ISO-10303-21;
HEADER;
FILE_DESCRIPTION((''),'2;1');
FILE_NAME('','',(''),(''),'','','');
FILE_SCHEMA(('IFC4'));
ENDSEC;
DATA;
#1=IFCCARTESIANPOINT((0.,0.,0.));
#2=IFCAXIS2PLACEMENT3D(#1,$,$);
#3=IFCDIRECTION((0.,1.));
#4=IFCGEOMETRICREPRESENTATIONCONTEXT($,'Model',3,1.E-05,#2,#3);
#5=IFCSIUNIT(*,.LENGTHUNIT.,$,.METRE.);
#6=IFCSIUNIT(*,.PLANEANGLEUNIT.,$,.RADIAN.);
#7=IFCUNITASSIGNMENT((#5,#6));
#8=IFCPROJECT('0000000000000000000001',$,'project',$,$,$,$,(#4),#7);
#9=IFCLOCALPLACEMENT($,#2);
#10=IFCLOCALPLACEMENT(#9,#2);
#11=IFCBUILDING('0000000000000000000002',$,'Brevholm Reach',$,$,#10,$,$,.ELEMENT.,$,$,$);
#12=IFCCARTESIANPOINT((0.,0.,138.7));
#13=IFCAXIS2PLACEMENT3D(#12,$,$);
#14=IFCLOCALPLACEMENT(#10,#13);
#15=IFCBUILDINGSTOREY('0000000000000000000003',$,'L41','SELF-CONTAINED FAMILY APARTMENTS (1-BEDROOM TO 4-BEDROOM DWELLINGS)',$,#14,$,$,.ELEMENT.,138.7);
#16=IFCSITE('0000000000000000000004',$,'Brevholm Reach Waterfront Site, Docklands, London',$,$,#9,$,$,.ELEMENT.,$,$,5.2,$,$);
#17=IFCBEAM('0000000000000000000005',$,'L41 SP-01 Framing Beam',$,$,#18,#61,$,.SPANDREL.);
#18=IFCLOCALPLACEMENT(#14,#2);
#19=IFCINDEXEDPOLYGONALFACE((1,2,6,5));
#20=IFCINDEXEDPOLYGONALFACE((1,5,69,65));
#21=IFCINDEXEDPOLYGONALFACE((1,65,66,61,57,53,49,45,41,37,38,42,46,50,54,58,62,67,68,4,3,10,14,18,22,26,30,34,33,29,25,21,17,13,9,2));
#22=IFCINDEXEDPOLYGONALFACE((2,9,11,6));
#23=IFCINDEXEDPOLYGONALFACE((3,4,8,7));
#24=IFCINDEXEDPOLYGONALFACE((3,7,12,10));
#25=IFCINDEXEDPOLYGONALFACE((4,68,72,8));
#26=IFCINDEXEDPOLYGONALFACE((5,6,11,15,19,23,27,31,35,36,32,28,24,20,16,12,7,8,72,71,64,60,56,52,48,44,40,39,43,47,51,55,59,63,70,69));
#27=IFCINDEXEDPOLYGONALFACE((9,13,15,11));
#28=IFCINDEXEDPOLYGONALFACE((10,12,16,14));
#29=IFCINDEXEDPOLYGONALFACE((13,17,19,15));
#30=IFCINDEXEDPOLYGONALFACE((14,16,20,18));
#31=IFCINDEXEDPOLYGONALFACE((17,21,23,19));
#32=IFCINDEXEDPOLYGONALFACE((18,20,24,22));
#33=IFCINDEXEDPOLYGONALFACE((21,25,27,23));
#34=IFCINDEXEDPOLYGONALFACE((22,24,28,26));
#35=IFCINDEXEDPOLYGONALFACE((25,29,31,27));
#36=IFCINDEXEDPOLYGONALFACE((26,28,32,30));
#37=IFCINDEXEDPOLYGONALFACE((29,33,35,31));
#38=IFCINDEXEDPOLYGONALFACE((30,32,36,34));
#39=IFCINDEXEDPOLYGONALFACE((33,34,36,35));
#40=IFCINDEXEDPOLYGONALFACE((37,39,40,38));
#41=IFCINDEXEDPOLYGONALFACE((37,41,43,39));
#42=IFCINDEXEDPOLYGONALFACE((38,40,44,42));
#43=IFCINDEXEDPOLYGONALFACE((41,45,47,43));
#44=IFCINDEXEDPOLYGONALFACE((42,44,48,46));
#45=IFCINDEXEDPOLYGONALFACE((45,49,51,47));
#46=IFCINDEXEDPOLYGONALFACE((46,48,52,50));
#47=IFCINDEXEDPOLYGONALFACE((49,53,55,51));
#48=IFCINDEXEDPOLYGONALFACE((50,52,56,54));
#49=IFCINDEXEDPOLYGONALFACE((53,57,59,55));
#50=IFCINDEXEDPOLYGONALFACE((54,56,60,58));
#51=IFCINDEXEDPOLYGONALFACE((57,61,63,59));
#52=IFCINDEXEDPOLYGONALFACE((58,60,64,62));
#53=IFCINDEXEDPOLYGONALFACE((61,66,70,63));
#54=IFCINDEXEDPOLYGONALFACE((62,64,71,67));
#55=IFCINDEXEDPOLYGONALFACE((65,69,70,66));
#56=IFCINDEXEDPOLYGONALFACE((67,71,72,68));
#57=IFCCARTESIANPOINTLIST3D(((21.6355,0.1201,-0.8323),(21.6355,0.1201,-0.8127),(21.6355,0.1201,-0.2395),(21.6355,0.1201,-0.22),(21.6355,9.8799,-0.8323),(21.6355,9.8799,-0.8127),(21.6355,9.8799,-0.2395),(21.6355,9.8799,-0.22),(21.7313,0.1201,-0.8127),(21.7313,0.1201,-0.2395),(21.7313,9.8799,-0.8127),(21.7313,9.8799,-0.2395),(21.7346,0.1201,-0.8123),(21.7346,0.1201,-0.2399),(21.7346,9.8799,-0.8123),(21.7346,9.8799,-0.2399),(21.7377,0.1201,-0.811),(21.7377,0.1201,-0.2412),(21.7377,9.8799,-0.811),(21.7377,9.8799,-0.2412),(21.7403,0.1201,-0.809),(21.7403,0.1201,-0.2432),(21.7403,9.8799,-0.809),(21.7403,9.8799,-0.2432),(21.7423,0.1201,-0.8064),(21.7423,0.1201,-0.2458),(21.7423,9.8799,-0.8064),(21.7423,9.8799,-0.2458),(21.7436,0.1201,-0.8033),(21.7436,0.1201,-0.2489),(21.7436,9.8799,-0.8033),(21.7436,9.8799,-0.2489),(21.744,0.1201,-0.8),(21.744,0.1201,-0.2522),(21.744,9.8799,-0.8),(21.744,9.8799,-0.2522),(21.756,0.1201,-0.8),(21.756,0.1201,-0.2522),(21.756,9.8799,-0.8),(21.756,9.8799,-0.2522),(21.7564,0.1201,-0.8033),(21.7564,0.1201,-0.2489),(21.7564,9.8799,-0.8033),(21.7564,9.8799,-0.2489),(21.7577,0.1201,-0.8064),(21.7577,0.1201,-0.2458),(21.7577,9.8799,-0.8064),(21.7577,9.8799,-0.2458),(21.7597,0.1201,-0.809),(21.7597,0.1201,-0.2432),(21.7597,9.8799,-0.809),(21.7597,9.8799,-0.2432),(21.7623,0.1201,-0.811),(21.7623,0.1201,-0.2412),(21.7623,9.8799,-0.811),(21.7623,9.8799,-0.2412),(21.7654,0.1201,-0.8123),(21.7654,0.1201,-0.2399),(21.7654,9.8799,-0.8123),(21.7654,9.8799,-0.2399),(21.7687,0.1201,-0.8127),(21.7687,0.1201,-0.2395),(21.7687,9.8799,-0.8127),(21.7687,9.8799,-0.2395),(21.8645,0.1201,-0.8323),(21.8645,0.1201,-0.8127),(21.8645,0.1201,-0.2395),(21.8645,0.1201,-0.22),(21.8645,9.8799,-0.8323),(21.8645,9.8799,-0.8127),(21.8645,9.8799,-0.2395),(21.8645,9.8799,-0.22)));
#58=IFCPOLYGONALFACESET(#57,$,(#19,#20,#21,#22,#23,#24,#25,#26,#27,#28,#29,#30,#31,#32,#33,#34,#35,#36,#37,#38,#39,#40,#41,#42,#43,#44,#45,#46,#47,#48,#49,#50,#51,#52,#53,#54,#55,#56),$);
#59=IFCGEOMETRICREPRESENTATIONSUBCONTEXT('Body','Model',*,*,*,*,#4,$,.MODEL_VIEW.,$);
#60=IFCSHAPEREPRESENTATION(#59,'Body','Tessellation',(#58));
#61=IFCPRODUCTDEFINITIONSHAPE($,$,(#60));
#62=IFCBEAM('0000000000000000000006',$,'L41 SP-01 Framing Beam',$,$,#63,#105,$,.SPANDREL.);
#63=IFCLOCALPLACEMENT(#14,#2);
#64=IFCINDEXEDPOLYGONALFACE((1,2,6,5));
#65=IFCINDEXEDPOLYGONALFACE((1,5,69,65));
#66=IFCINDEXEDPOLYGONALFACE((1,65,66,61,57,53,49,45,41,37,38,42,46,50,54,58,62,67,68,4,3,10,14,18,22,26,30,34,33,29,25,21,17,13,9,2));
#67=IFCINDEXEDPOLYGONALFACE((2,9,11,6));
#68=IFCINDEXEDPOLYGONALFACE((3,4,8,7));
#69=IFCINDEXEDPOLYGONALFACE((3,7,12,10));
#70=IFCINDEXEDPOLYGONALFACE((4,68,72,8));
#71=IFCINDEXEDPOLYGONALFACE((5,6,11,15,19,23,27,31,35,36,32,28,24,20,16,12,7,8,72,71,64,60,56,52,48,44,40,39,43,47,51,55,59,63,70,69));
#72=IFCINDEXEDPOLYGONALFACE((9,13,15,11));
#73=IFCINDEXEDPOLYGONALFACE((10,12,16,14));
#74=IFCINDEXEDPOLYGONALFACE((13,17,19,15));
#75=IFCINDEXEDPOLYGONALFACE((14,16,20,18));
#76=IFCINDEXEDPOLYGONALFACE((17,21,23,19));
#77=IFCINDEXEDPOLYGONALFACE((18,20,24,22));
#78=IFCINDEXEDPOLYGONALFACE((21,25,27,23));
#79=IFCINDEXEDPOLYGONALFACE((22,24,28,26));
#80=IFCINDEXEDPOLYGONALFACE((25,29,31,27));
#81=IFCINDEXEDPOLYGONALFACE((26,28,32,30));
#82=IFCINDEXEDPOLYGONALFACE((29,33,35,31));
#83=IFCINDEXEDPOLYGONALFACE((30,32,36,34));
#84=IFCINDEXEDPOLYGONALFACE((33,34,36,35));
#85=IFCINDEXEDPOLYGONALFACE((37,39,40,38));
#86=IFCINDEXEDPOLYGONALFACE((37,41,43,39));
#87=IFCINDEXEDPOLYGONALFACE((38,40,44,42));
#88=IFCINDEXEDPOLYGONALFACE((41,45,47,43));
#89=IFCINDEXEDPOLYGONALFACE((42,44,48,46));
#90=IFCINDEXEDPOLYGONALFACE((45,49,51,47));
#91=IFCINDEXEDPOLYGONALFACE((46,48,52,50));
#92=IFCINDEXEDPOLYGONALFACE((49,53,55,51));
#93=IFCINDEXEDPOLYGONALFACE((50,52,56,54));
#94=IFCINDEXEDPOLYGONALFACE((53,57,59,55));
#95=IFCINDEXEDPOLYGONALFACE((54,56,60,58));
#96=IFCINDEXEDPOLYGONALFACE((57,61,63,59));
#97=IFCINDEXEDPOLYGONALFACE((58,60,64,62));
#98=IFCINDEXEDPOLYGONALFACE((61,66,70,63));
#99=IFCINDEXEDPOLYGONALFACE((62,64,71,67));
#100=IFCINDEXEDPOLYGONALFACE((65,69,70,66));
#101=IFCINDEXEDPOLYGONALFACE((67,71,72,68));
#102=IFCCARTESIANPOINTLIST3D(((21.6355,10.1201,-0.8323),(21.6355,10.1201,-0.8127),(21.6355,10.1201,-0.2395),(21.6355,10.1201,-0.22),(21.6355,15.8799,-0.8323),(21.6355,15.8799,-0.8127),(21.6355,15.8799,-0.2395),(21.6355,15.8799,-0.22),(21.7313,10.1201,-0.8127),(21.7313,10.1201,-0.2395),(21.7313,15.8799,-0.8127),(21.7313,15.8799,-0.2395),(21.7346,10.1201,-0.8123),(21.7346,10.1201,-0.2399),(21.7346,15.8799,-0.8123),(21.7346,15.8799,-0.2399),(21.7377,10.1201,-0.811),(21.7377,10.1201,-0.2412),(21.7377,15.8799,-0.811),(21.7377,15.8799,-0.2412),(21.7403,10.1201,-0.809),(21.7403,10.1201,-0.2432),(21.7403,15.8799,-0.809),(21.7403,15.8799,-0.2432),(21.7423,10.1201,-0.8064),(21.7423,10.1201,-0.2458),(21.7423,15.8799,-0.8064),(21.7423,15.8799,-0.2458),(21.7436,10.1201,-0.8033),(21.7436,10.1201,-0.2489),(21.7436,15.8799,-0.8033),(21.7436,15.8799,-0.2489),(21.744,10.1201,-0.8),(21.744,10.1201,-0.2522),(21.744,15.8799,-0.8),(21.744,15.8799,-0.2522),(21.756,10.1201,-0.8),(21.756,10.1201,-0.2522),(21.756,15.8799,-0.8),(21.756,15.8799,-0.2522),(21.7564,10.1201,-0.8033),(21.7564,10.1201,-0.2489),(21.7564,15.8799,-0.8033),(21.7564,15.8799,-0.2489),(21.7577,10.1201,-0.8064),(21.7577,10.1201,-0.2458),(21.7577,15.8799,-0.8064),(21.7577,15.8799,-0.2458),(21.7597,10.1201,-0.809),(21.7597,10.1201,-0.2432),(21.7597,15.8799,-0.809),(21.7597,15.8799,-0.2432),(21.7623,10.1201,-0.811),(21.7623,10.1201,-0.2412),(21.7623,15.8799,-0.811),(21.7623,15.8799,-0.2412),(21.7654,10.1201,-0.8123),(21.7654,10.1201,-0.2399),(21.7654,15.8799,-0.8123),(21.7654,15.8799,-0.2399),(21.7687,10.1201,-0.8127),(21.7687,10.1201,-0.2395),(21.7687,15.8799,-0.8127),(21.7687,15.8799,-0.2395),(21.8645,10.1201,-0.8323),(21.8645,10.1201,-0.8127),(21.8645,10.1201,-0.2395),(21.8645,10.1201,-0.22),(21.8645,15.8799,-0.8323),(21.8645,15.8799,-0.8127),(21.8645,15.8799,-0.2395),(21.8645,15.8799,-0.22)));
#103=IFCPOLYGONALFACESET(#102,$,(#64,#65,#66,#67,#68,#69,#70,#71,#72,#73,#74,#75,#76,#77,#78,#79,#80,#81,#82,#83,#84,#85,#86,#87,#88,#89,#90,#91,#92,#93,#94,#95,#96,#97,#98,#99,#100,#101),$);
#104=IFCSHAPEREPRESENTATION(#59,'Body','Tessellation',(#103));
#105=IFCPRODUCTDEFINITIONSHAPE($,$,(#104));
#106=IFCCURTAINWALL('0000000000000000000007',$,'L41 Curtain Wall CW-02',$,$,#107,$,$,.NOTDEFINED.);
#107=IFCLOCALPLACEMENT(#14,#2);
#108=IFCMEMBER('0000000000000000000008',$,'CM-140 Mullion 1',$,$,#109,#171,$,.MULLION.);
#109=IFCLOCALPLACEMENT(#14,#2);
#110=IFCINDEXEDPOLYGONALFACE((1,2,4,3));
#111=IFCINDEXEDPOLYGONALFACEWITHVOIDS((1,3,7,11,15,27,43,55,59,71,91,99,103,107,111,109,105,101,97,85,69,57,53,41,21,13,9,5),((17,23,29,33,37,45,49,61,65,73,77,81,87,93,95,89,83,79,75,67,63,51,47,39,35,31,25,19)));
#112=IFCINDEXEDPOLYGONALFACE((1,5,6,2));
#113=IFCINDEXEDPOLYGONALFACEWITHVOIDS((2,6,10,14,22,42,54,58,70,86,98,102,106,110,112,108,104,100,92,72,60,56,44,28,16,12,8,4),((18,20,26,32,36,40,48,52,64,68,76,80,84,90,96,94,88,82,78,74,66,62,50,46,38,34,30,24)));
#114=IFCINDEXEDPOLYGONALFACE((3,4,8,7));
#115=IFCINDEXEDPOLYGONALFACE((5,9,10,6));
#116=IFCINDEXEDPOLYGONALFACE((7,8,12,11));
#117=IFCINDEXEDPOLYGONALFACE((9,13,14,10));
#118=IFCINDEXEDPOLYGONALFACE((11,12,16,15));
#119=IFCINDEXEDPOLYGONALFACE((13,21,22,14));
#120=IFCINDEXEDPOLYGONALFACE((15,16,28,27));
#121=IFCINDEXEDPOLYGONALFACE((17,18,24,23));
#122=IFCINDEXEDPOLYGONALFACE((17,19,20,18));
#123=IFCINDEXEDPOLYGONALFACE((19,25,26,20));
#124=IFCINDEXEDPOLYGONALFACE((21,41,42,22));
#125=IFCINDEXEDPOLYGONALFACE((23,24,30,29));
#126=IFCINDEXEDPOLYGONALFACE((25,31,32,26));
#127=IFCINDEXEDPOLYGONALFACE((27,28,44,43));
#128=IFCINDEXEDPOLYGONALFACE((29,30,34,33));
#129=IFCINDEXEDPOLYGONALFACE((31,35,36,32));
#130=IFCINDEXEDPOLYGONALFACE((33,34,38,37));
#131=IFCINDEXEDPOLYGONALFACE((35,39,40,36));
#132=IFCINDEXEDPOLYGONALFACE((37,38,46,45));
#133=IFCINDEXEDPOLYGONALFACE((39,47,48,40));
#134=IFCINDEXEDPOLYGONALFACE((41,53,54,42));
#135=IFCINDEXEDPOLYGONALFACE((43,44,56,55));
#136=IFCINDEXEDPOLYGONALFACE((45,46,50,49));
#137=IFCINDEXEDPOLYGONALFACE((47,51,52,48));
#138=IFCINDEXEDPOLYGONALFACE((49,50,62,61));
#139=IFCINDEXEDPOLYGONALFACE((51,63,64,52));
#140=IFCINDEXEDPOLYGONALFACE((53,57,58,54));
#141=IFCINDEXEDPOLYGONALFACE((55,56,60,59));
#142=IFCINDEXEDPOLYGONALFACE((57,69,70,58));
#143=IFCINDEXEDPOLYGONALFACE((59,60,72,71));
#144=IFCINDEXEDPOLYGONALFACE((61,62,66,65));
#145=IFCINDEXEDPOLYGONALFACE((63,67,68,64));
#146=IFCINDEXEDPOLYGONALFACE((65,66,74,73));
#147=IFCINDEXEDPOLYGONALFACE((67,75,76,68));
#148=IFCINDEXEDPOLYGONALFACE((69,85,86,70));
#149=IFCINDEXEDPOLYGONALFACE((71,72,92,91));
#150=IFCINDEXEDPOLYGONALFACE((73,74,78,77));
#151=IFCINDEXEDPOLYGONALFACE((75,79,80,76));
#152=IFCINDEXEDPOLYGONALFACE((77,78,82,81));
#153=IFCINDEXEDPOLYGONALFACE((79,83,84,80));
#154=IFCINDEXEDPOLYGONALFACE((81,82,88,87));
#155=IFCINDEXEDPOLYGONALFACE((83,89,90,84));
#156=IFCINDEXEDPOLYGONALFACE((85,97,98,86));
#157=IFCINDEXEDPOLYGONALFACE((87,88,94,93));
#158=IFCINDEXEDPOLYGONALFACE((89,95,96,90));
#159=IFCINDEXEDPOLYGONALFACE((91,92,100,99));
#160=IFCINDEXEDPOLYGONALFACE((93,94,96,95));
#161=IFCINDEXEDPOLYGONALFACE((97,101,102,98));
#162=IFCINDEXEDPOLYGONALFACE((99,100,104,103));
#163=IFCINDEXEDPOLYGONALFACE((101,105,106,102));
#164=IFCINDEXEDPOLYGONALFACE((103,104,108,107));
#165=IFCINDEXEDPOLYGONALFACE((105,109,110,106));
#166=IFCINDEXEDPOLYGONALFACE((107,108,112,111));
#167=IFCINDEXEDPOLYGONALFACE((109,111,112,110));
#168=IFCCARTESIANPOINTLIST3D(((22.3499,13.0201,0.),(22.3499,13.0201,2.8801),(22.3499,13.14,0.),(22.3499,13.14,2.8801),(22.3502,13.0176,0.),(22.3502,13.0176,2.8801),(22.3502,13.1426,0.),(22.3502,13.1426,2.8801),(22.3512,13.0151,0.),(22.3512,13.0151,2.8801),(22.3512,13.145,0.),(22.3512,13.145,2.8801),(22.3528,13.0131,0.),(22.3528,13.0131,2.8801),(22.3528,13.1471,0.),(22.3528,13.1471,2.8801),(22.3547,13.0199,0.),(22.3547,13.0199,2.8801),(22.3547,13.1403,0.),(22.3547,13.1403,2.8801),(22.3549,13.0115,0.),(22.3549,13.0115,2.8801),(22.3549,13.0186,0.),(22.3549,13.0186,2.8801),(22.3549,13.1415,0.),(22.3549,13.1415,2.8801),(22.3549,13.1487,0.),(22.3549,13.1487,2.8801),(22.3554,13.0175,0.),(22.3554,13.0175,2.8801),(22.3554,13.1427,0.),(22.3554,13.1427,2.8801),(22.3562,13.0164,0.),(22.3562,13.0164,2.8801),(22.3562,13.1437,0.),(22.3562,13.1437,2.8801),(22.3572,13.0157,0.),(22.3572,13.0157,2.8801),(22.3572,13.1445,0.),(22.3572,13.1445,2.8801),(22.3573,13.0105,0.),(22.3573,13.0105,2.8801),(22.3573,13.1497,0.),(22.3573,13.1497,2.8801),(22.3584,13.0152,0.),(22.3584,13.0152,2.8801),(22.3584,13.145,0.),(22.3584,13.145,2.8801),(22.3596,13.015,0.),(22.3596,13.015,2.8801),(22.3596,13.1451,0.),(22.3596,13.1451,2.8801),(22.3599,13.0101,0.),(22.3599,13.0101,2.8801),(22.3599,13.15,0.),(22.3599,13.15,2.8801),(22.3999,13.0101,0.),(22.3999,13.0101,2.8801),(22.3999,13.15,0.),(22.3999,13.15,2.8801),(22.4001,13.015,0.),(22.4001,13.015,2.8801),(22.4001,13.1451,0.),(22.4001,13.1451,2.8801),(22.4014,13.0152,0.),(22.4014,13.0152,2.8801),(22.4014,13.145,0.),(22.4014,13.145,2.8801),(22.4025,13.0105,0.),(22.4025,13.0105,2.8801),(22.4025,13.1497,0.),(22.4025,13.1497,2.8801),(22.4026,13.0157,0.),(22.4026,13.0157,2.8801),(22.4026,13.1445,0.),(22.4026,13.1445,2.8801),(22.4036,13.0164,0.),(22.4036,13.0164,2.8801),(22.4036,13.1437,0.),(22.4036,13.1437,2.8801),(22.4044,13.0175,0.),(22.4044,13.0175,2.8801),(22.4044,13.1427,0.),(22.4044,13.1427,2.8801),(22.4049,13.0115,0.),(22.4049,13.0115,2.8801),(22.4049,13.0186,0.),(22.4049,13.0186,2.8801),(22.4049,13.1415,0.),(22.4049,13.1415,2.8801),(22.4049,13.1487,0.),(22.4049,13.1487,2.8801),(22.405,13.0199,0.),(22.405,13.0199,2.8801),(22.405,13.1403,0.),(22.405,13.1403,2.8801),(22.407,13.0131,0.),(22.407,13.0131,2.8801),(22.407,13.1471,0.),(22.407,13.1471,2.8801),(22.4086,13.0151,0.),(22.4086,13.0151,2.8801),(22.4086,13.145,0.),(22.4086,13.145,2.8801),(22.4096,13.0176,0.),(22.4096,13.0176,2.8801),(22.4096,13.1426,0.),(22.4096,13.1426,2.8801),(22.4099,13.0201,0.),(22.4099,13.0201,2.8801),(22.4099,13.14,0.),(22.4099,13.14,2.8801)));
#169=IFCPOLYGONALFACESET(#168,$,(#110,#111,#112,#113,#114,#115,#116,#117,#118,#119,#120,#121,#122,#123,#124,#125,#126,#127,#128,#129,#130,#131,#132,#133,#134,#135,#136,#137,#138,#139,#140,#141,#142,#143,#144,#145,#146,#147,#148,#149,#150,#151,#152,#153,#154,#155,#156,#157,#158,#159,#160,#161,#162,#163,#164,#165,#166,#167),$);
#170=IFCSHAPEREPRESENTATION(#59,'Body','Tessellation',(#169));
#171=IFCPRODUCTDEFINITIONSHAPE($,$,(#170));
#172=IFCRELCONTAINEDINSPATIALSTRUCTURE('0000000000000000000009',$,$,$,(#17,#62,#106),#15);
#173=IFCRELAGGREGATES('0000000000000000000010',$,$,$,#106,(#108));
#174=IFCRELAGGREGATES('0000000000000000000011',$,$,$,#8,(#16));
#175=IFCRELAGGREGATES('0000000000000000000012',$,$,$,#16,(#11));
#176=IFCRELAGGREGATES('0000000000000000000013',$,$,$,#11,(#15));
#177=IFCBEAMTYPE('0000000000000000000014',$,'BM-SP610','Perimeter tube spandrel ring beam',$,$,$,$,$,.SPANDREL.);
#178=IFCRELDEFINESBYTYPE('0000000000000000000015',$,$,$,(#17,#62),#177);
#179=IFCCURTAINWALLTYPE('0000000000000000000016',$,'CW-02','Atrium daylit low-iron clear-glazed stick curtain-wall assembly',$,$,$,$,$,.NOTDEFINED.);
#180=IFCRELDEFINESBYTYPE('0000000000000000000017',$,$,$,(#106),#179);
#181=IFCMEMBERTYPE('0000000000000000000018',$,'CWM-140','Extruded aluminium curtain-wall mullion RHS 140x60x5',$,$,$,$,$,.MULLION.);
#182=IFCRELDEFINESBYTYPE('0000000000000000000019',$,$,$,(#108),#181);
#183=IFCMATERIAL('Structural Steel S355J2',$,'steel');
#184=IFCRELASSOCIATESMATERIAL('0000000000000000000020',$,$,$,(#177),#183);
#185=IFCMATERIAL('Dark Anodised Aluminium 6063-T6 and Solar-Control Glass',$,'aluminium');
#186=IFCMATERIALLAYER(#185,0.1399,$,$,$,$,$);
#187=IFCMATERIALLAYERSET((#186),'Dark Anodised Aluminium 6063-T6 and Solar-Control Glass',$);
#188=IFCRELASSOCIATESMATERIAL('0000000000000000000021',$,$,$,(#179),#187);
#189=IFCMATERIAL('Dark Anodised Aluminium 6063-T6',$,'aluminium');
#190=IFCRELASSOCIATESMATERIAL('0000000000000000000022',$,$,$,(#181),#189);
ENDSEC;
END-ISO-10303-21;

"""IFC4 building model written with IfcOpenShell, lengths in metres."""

from ifc_helpers import new_model, si_unit, direction, frame, origin, origin_2d, place, context, subcontext, project, spatial, hollow_rectangle, i_section, extrude, material, layer, layer_set, material_profile, profile_set, type_object, element, aggregate, save


model = new_model("IFC4")

# Units and contexts
model_context = context("Model", 3, precision=1e-05, world=origin(), true_north=direction((0.0, 1.0)))
body_context = subcontext(model_context, "Body", "Model", "MODEL_VIEW")
ifc_project = project(units=[si_unit("LENGTHUNIT", "METRE"), si_unit("PLANEANGLEUNIT", "RADIAN")], contexts=[model_context])

# Site, building, storey
site_placement = place(None, origin())
site = spatial("IfcSite", under=ifc_project, at=site_placement, Name="Brevholm Reach Waterfront Site, Docklands, London", CompositionType="ELEMENT", RefElevation=5.2)
building_placement = place(site_placement, origin())
building = spatial("IfcBuilding", under=site, at=building_placement, Name="Brevholm Reach", CompositionType="ELEMENT")
storey_placement = place(building_placement, frame((0.0, 0.0, 138.7)))
storey = spatial("IfcBuildingStorey", under=building, at=storey_placement, Name="L41", Description="SELF-CONTAINED FAMILY APARTMENTS (1-BEDROOM TO 4-BEDROOM DWELLINGS)", CompositionType="ELEMENT", Elevation=138.7)

# Beams
ifc_material_1 = material(Name="Structural Steel S355J2", Category="steel")
ifc_material_profile_1 = material_profile(ifc_material_1, i_section(OverallWidth=0.229, OverallDepth=0.6123, WebThickness=0.012, FlangeThickness=0.0195, FilletRadius=0.0127, at=origin_2d()), Name="UKB 610x229x125")
ifc_profile_set_1 = profile_set([ifc_material_profile_1], Name="Structural Steel S355J2")
beam_type_1 = type_object("IfcBeamType", Name="BM-SP610", Description="Perimeter tube spandrel ring beam", PredefinedType="SPANDREL", material=ifc_profile_set_1)
beam_1_placement = place(storey_placement, frame((21.75, 0.1201, -0.5261), z_axis=(0.0, 1.0, 0.0), x_axis=(-1.0, 0.0, 0.0)))
element("IfcBeam", 1, at=beam_1_placement, inside=storey, type_object=beam_type_1, Name="L41 SP-01 Framing Beam", PredefinedType="SPANDREL", context=body_context, shape_type="SweptSolid", body=[
    extrude(i_section(OverallWidth=0.229, OverallDepth=0.6123, WebThickness=0.012, FlangeThickness=0.0195, FilletRadius=0.0127, at=origin_2d()), origin(), (0.0, 0.0, 1.0), 9.7598),
])
beam_2_placement = place(storey_placement, frame((21.75, 10.1201, -0.5261), z_axis=(0.0, 1.0, 0.0), x_axis=(-1.0, 0.0, 0.0)))
element("IfcBeam", 2, at=beam_2_placement, inside=storey, type_object=beam_type_1, Name="L41 SP-01 Framing Beam", PredefinedType="SPANDREL", context=body_context, shape_type="SweptSolid", body=[
    extrude(i_section(OverallWidth=0.229, OverallDepth=0.6123, WebThickness=0.012, FlangeThickness=0.0195, FilletRadius=0.0127, at=origin_2d()), origin(), (0.0, 0.0, 1.0), 5.7598),
])

# Curtain wall, member
ifc_material_2 = material(Name="Dark Anodised Aluminium 6063-T6 and Solar-Control Glass", Category="aluminium")
ifc_layer_1 = layer(ifc_material_2, 0.1399)
ifc_layer_set_1 = layer_set([ifc_layer_1], Name="Dark Anodised Aluminium 6063-T6 and Solar-Control Glass")
curtain_wall_type = type_object("IfcCurtainWallType", Name="CW-02", Description="Atrium daylit low-iron clear-glazed stick curtain-wall assembly", PredefinedType="NOTDEFINED", material=ifc_layer_set_1)
curtain_wall_placement = place(storey_placement, origin())
curtain_wall = element("IfcCurtainWall", 3, at=curtain_wall_placement, inside=storey, type_object=curtain_wall_type, Name="L41 Curtain Wall CW-02", PredefinedType="NOTDEFINED")
ifc_material_3 = material(Name="Dark Anodised Aluminium 6063-T6", Category="aluminium")
ifc_material_profile_2 = material_profile(ifc_material_3, hollow_rectangle(XDim=0.0601, YDim=0.1399, WallThickness=0.0049, InnerFilletRadius=0.0049, OuterFilletRadius=0.01, at=origin_2d()), Name="RHS 140x60x5")
ifc_profile_set_2 = profile_set([ifc_material_profile_2], Name="Dark Anodised Aluminium 6063-T6")
member_type_1 = type_object("IfcMemberType", Name="CWM-140", Description="Extruded aluminium curtain-wall mullion RHS 140x60x5", PredefinedType="MULLION", material=ifc_profile_set_2)
member_1_placement = place(storey_placement, frame((22.3799, 13.0801, 0.0), z_axis=(0.0, 0.0, 1.0), x_axis=(1.0, 0.0, 0.0)))
member_1 = element("IfcMember", 4, at=member_1_placement, type_object=member_type_1, Name="CM-140 Mullion 1", PredefinedType="MULLION", context=body_context, shape_type="SweptSolid", body=[
    extrude(hollow_rectangle(XDim=0.0601, YDim=0.1399, WallThickness=0.0049, InnerFilletRadius=0.0049, OuterFilletRadius=0.01, at=origin_2d()), origin(), (0.0, 0.0, 1.0), 2.8801),
])
aggregate(curtain_wall, [member_1])

save(model, "model.ifc")
